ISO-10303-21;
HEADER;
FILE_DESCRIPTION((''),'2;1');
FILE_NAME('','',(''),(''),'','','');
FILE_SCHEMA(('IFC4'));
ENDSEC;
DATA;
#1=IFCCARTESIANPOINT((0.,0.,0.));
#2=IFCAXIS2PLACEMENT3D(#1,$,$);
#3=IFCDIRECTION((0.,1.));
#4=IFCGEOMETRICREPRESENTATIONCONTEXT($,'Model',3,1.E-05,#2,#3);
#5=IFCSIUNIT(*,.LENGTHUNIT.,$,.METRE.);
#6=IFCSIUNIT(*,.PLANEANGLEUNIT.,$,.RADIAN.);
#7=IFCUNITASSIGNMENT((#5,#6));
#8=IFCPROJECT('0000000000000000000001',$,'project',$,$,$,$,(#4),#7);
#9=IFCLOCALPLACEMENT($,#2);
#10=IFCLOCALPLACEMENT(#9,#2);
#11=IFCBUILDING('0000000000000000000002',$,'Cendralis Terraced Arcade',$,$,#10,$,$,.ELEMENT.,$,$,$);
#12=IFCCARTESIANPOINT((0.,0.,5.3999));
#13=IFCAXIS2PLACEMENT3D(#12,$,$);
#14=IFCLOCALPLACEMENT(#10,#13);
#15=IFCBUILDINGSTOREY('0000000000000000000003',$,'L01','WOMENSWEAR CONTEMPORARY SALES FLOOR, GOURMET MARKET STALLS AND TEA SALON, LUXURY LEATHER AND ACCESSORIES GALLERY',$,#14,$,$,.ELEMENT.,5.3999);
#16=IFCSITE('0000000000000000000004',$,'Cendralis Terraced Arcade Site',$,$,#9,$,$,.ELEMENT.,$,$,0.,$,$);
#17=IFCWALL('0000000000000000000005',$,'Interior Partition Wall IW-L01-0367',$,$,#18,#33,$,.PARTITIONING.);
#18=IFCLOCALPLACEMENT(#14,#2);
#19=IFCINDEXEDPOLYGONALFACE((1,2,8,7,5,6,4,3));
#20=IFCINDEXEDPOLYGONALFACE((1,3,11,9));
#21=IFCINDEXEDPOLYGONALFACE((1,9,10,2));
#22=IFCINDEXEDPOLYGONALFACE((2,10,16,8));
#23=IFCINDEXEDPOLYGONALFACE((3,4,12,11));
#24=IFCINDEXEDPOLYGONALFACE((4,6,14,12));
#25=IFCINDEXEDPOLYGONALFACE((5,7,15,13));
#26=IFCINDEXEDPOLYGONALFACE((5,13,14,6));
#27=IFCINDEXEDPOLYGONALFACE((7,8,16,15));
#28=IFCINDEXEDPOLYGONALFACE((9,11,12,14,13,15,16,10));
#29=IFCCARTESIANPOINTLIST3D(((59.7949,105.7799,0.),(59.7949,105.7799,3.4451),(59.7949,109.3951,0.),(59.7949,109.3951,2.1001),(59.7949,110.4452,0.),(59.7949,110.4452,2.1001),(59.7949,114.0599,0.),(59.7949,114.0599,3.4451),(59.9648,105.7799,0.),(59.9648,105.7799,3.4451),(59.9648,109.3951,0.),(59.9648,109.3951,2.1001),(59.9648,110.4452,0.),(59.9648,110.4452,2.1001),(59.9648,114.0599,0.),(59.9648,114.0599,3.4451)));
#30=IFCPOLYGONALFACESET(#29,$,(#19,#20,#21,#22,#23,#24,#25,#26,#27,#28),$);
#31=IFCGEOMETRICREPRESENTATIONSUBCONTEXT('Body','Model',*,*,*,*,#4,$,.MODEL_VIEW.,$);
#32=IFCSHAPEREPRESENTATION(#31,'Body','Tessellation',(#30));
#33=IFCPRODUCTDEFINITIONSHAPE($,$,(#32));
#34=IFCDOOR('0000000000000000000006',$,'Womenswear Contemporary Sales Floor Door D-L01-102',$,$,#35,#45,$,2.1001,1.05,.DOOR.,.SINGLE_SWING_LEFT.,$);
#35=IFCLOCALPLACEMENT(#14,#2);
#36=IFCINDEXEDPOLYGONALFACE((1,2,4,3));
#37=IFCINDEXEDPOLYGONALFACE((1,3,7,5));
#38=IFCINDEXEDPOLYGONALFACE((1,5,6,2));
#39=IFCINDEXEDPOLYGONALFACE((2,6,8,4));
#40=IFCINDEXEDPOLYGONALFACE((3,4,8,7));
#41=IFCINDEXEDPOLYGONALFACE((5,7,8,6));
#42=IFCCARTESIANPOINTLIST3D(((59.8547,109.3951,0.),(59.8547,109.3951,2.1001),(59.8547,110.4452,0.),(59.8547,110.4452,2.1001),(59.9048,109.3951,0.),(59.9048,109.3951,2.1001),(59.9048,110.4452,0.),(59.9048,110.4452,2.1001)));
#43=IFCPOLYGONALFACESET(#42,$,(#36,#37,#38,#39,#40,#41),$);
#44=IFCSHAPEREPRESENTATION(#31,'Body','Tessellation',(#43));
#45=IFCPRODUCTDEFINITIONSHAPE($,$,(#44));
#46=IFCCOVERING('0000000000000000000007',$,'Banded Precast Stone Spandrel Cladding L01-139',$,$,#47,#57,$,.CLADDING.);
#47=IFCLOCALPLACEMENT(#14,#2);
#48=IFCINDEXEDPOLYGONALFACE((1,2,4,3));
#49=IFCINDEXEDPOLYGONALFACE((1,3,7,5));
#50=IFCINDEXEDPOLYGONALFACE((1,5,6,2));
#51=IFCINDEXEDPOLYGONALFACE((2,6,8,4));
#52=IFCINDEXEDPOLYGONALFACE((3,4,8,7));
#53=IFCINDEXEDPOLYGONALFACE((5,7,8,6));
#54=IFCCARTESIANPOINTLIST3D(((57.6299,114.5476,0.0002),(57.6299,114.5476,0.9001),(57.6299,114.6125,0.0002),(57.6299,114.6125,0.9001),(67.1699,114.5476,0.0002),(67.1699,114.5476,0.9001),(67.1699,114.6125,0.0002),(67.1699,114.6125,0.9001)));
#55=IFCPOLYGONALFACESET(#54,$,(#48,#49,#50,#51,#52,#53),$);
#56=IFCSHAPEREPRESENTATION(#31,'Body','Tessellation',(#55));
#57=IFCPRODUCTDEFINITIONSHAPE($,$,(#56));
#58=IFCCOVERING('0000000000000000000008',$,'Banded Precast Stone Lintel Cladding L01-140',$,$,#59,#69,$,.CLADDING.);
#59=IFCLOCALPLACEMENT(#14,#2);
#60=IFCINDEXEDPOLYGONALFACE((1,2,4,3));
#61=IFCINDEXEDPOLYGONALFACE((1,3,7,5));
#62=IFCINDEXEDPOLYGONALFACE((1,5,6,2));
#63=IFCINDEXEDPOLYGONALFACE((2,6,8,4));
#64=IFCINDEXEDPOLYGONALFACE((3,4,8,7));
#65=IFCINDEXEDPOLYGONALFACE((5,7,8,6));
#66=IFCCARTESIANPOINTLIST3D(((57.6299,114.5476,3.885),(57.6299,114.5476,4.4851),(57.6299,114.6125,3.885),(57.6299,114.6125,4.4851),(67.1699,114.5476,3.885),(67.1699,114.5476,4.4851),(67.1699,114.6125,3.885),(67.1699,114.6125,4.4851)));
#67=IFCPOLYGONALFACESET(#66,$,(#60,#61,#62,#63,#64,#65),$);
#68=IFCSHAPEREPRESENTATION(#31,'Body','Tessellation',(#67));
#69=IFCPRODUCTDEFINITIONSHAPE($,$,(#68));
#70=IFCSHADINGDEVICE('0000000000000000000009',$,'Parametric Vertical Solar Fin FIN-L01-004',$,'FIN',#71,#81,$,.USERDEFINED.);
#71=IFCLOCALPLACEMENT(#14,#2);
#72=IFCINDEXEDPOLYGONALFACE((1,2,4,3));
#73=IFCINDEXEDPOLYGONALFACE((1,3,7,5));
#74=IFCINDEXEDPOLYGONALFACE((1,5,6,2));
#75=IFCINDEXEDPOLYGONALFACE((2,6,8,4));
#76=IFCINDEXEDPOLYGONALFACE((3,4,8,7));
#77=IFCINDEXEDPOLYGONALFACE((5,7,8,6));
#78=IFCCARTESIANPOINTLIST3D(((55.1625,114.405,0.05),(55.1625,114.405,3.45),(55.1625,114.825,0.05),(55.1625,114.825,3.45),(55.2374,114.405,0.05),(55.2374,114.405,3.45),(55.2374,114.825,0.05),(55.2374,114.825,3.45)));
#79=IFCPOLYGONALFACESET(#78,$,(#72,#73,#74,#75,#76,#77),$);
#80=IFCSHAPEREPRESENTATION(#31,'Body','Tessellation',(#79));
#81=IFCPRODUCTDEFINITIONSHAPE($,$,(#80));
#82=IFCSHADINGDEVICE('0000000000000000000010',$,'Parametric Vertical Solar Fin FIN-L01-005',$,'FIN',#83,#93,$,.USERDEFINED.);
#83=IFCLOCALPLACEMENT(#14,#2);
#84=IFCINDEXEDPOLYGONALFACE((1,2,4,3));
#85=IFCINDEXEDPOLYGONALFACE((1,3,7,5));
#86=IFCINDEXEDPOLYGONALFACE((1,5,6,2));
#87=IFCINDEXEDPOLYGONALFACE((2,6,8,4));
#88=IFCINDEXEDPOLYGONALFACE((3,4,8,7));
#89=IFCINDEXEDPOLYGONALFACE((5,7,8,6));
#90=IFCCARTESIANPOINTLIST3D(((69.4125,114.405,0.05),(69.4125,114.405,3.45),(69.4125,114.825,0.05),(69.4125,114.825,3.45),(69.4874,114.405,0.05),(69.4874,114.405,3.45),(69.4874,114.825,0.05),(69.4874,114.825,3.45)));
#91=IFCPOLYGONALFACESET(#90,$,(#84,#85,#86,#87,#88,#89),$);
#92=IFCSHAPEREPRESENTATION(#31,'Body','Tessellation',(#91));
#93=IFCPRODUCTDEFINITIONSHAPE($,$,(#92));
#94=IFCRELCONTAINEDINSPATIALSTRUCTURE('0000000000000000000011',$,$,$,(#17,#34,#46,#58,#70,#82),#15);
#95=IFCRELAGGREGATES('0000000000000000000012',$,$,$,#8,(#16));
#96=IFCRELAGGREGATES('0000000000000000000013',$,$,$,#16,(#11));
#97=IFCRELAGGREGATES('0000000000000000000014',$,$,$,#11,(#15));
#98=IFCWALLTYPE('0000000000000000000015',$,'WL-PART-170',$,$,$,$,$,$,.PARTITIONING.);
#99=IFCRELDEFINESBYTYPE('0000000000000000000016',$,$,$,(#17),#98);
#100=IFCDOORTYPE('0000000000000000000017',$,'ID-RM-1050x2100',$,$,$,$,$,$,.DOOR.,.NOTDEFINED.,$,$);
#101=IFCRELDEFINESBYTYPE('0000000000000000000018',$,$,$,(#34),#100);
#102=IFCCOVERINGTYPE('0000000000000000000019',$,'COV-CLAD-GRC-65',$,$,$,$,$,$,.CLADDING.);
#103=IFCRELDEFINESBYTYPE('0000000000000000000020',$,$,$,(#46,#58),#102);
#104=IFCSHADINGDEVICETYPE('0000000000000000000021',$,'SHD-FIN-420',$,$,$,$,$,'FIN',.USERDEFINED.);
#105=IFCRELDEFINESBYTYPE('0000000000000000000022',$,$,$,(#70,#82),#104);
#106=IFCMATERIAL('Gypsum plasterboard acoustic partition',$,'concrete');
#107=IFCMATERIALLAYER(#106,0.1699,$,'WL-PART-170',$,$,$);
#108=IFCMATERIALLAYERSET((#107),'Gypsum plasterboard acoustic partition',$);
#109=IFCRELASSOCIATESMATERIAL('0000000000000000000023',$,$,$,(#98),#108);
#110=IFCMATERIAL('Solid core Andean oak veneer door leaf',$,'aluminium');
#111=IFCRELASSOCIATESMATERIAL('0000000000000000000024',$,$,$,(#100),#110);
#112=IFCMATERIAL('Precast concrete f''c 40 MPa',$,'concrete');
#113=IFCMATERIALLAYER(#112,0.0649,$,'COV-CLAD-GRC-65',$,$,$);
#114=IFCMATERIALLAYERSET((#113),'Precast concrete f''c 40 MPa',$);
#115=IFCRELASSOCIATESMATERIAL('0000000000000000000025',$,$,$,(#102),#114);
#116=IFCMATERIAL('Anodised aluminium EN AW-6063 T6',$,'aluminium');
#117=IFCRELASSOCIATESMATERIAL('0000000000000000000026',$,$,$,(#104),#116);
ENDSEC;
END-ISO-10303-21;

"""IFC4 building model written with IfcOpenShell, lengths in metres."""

from ifc_helpers import new_model, si_unit, direction, frame, frame_2d, origin, origin_2d, place, context, subcontext, project, spatial, rectangle, extrude, material, layer, layer_set, type_object, element, fill, save


model = new_model("IFC4")

# Units and contexts
model_context = context("Model", 3, precision=1e-05, world=origin(), true_north=direction((0.0, 1.0)))
body_context = subcontext(model_context, "Body", "Model", "MODEL_VIEW")
ifc_project = project(units=[si_unit("LENGTHUNIT", "METRE"), si_unit("PLANEANGLEUNIT", "RADIAN")], contexts=[model_context])

# Site, building, storey
site_placement = place(None, origin())
site = spatial("IfcSite", under=ifc_project, at=site_placement, Name="Cendralis Terraced Arcade Site", CompositionType="ELEMENT", RefElevation=0.0)
building_placement = place(site_placement, origin())
building = spatial("IfcBuilding", under=site, at=building_placement, Name="Cendralis Terraced Arcade", CompositionType="ELEMENT")
storey_placement = place(building_placement, frame((0.0, 0.0, 5.3999)))
storey = spatial("IfcBuildingStorey", under=building, at=storey_placement, Name="L01", Description="WOMENSWEAR CONTEMPORARY SALES FLOOR, GOURMET MARKET STALLS AND TEA SALON, LUXURY LEATHER AND ACCESSORIES GALLERY", CompositionType="ELEMENT", Elevation=5.3999)

# Shared definitions
ifc_material_1 = material(Name="Anodised aluminium EN AW-6063 T6", Category="aluminium")

# Shared definitions
ifc_material_2 = material(Name="Precast concrete f'c 40 MPa", Category="concrete")

# Wall, opening, door
ifc_material_3 = material(Name="Gypsum plasterboard acoustic partition", Category="concrete")
ifc_layer_1 = layer(ifc_material_3, 0.1699, Name="WL-PART-170")
ifc_layer_set_1 = layer_set([ifc_layer_1], Name="Gypsum plasterboard acoustic partition")
wall_type_1 = type_object("IfcWallType", Name="WL-PART-170", PredefinedType="PARTITIONING", material=ifc_layer_set_1)
wall_1_placement = place(storey_placement, frame((59.8799, 114.0601, 0.0), z_axis=(0.0, 0.0, 1.0), x_axis=(0.0, -1.0, 0.0)))
wall_1 = element("IfcWall", 1, at=wall_1_placement, inside=storey, type_object=wall_type_1, Name="Interior Partition Wall IW-L01-0367", PredefinedType="PARTITIONING", context=body_context, shape_type="SweptSolid", body=[
    extrude(rectangle(XDim=8.28, YDim=0.1699, at=frame_2d((4.1401, 0.0))), origin(), (0.0, 0.0, 1.0), 3.4451),
])
opening_1_placement = place(wall_1_placement, frame((3.615, 0.0, 0.0)))
opening_1 = element("IfcOpeningElement", 2, at=opening_1_placement, cuts=wall_1, PredefinedType="OPENING", context=body_context, shape_type="SweptSolid", body=[
    extrude(rectangle(XDim=1.05, YDim=2.1001, at=frame_2d((0.5249, 1.05))), frame((0.0, 0.0969, 0.0), z_axis=(0.0, -1.0, 0.0), x_axis=(1.0, 0.0, 0.0)), (0.0, 0.0, 1.0), 0.1938),
])
ifc_material_4 = material(Name="Solid core Andean oak veneer door leaf", Category="aluminium")
door_type = type_object("IfcDoorType", Name="ID-RM-1050x2100", OperationType="NOTDEFINED", PredefinedType="DOOR", material=ifc_material_4)
door_placement = place(opening_1_placement, origin())
door = element("IfcDoor", 3, at=door_placement, inside=storey, type_object=door_type, Name="Womenswear Contemporary Sales Floor Door D-L01-102", OperationType="SINGLE_SWING_LEFT", OverallHeight=2.1001, OverallWidth=1.05, PredefinedType="DOOR", context=body_context, shape_type="SweptSolid", body=[
    extrude(rectangle(XDim=1.05, YDim=2.1001, at=frame_2d((0.5249, 1.05))), frame((0.0, 0.0249, 0.0), z_axis=(0.0, -1.0, 0.0), x_axis=(1.0, 0.0, 0.0)), (0.0, 0.0, 1.0), 0.05),
])
fill(opening_1, door)

# Coverings
ifc_layer_2 = layer(ifc_material_2, 0.0649, Name="COV-CLAD-GRC-65")
ifc_layer_set_2 = layer_set([ifc_layer_2], Name="Precast concrete f'c 40 MPa")
covering_type = type_object("IfcCoveringType", Name="COV-CLAD-GRC-65", PredefinedType="CLADDING", material=ifc_layer_set_2)
covering_1_placement = place(storey_placement, frame((62.3999, 114.5801, 0.0002), z_axis=(0.0, 0.0, 1.0), x_axis=(1.0, 0.0, 0.0)))
element("IfcCovering", 4, at=covering_1_placement, inside=storey, type_object=covering_type, Name="Banded Precast Stone Spandrel Cladding L01-139", PredefinedType="CLADDING", context=body_context, shape_type="SweptSolid", body=[
    extrude(rectangle(XDim=9.54, YDim=0.0649, at=origin_2d()), origin(), (0.0, 0.0, 1.0), 0.8999),
])
covering_2_placement = place(storey_placement, frame((62.3999, 114.5801, 3.885), z_axis=(0.0, 0.0, 1.0), x_axis=(1.0, 0.0, 0.0)))
element("IfcCovering", 5, at=covering_2_placement, inside=storey, type_object=covering_type, Name="Banded Precast Stone Lintel Cladding L01-140", PredefinedType="CLADDING", context=body_context, shape_type="SweptSolid", body=[
    extrude(rectangle(XDim=9.54, YDim=0.0649, at=origin_2d()), origin(), (0.0, 0.0, 1.0), 0.6001),
])

# Shading devices
shading_device_type = type_object("IfcShadingDeviceType", Name="SHD-FIN-420", ElementType="FIN", PredefinedType="USERDEFINED", material=ifc_material_1)
for number, where, z_axis, x_axis, name in (
    (6, (55.2, 114.615, 0.05), (0.0, 0.0, 1.0), (1.0, 0.0, 0.0), "Parametric Vertical Solar Fin FIN-L01-004"),
    (7, (69.45, 114.615, 0.05), (0.0, 0.0, 1.0), (1.0, 0.0, 0.0), "Parametric Vertical Solar Fin FIN-L01-005"),
):
    element("IfcShadingDevice", number, at=place(storey_placement, frame(where, z_axis=z_axis, x_axis=x_axis)), inside=storey, type_object=shading_device_type, Name=name, ObjectType="FIN", PredefinedType="USERDEFINED", context=body_context, shape_type="SweptSolid", body=[
        extrude(rectangle(XDim=0.075, YDim=0.4199, at=origin_2d()), origin(), (0.0, 0.0, 1.0), 3.3999),
    ])

save(model, "model.ifc")
